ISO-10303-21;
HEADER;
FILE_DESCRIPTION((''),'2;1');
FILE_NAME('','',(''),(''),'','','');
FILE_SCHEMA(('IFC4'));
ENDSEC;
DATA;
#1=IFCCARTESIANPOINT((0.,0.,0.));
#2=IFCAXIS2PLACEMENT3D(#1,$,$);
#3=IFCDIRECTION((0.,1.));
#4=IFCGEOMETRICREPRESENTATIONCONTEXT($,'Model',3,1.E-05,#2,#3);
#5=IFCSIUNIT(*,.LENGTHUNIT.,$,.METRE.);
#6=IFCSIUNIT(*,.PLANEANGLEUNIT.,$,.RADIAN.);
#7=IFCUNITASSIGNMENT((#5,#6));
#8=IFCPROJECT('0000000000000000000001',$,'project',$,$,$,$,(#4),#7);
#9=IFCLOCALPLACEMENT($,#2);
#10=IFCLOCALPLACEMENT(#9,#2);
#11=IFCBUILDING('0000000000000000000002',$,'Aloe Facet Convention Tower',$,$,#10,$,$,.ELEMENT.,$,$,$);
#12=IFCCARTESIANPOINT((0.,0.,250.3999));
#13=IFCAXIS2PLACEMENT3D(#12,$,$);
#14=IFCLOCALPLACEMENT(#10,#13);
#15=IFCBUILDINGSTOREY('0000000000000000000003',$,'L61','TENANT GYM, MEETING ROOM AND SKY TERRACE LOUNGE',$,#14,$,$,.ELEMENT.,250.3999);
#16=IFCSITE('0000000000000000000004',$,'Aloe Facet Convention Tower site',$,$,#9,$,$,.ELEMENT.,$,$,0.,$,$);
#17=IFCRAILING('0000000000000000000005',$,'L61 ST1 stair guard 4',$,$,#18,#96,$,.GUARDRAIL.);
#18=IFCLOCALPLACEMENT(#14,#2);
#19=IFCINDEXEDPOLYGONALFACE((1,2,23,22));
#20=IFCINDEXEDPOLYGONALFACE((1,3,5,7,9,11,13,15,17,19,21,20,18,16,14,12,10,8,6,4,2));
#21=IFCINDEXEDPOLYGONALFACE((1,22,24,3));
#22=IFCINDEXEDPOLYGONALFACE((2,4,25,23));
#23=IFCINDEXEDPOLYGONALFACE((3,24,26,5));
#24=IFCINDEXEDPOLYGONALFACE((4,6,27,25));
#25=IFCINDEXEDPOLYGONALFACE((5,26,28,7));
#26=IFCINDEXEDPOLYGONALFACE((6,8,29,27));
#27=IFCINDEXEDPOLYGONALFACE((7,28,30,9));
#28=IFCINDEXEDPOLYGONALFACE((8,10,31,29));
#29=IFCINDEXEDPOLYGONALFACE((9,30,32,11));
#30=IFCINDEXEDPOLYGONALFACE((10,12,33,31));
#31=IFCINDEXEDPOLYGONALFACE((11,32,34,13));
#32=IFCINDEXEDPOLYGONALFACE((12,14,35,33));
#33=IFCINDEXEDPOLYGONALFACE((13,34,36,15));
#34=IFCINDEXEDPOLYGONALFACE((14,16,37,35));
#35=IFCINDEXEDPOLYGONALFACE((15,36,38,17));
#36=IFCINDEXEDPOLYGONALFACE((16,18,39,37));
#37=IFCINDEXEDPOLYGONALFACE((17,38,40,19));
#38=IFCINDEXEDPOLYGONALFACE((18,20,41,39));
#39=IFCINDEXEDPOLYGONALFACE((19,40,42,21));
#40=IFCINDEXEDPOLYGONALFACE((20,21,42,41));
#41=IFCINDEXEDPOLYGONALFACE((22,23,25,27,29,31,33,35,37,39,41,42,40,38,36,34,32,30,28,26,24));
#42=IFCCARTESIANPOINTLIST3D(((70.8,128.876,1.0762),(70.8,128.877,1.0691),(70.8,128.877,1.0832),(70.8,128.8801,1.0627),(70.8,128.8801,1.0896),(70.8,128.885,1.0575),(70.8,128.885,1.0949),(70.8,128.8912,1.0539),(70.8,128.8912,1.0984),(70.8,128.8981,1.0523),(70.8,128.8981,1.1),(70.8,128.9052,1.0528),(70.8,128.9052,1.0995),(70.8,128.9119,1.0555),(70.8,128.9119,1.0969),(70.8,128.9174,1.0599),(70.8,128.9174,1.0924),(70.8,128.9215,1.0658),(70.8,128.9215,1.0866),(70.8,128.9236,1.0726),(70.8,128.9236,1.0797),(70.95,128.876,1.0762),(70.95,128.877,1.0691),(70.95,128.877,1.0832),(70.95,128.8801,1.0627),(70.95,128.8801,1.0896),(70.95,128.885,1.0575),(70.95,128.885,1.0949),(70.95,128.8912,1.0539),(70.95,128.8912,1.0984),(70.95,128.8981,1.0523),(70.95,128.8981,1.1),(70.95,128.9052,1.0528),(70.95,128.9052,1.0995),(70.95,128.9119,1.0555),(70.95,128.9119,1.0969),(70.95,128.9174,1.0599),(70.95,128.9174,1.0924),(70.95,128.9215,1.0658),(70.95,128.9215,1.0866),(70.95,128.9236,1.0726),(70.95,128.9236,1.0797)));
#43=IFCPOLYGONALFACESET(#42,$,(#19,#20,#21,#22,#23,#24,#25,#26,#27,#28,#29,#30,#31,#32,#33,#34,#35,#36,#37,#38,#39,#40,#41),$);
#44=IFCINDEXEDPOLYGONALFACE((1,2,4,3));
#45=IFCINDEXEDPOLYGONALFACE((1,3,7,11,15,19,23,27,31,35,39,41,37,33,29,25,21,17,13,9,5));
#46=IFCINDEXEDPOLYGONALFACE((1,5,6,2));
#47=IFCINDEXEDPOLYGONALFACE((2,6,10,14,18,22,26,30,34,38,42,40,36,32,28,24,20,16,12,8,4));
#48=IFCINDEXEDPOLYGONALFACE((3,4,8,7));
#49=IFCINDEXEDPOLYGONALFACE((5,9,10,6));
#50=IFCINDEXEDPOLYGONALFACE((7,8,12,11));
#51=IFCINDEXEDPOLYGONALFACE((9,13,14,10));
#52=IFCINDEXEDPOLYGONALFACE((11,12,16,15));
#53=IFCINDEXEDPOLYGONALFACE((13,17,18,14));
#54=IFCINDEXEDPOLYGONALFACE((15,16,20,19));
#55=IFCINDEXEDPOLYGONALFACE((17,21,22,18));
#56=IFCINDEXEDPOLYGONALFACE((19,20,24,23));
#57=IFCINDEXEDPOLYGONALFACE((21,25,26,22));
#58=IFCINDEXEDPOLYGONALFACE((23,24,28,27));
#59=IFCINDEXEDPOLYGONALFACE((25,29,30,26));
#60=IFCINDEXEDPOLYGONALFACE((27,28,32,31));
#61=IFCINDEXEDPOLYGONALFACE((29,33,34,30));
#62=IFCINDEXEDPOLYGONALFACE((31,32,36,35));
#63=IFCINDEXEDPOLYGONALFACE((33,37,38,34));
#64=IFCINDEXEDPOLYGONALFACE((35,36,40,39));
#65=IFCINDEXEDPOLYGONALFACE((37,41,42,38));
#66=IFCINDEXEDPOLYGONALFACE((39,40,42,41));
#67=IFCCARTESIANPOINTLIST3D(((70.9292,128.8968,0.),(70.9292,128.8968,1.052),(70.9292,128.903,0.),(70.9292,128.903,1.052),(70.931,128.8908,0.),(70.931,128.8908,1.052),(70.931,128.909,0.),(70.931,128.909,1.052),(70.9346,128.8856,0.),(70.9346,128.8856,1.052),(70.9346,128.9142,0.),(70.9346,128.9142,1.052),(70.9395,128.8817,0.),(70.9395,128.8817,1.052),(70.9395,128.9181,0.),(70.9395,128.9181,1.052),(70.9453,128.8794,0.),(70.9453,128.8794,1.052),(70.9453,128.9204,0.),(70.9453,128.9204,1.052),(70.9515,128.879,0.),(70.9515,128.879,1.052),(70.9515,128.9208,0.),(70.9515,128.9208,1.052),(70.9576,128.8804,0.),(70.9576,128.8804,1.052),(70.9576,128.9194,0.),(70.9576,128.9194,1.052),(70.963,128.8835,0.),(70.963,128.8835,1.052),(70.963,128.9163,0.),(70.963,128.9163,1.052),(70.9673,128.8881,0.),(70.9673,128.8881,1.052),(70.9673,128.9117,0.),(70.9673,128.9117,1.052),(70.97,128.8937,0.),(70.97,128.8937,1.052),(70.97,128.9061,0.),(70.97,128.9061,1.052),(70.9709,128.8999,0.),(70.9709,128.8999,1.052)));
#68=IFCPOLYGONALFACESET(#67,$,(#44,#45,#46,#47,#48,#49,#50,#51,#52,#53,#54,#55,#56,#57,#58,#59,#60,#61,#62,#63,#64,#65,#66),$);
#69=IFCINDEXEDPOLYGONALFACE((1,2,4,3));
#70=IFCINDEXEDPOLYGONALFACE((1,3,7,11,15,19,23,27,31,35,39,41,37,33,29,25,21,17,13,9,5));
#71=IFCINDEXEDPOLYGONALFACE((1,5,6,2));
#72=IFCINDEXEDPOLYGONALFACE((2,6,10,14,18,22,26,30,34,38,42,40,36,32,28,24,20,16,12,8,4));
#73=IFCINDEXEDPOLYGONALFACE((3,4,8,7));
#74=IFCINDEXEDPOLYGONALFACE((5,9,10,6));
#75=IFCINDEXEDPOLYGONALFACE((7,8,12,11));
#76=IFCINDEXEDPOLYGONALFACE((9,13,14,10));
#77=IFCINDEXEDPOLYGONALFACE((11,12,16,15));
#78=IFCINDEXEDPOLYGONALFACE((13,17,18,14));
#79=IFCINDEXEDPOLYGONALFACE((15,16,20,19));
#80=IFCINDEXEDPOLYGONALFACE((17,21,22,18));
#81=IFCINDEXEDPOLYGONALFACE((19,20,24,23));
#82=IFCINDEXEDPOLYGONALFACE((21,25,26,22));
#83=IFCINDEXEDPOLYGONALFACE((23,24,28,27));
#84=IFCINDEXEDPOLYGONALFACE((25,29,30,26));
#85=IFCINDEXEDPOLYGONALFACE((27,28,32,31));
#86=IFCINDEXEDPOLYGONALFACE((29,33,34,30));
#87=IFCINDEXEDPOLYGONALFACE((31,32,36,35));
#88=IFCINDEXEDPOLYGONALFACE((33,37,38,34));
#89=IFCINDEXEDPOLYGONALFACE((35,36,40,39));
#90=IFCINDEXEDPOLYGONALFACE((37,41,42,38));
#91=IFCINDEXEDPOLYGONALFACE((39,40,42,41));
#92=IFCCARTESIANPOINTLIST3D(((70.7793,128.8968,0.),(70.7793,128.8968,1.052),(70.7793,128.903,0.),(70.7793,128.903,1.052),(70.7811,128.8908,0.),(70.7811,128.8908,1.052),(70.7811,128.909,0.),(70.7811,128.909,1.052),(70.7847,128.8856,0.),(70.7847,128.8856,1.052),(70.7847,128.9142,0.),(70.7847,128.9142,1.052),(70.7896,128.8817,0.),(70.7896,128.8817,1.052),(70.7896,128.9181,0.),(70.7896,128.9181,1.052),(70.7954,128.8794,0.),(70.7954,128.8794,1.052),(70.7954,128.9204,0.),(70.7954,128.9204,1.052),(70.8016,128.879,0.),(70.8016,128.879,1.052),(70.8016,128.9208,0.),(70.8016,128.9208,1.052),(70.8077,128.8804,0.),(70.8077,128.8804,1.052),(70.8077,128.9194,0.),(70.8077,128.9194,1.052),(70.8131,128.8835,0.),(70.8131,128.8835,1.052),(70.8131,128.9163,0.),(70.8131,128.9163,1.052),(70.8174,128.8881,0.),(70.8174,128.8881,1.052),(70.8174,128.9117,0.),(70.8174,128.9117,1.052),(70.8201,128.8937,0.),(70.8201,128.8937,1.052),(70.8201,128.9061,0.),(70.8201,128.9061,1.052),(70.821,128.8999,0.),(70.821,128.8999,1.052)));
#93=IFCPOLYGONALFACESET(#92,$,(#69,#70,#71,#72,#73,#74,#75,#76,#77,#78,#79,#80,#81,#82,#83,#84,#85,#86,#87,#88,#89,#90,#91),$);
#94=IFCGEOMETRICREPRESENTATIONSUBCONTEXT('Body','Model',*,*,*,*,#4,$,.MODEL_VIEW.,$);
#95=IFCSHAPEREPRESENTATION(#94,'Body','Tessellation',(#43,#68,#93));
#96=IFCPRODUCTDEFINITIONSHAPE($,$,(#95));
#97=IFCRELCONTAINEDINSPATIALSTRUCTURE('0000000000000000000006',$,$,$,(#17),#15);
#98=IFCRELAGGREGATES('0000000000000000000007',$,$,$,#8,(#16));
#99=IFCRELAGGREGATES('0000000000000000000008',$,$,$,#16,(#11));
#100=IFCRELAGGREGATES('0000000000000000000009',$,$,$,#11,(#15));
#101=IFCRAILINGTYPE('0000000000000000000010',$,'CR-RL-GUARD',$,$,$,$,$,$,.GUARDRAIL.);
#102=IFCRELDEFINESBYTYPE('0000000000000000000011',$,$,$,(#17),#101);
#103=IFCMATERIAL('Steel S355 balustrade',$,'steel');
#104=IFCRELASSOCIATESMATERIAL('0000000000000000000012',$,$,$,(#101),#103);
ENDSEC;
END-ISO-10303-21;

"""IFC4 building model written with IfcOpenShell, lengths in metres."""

from ifc_helpers import new_model, si_unit, direction, frame, origin, origin_2d, place, context, subcontext, project, spatial, circle, extrude, material, type_object, element, save


model = new_model("IFC4")

# Units and contexts
model_context = context("Model", 3, precision=1e-05, world=origin(), true_north=direction((0.0, 1.0)))
body_context = subcontext(model_context, "Body", "Model", "MODEL_VIEW")
ifc_project = project(units=[si_unit("LENGTHUNIT", "METRE"), si_unit("PLANEANGLEUNIT", "RADIAN")], contexts=[model_context])

# Site, building, storey
site_placement = place(None, origin())
site = spatial("IfcSite", under=ifc_project, at=site_placement, Name="Aloe Facet Convention Tower site", CompositionType="ELEMENT", RefElevation=0.0)
building_placement = place(site_placement, origin())
building = spatial("IfcBuilding", under=site, at=building_placement, Name="Aloe Facet Convention Tower", CompositionType="ELEMENT")
storey_placement = place(building_placement, frame((0.0, 0.0, 250.3999)))
storey = spatial("IfcBuildingStorey", under=building, at=storey_placement, Name="L61", Description="TENANT GYM, MEETING ROOM AND SKY TERRACE LOUNGE", CompositionType="ELEMENT", Elevation=250.3999)

# Railing
ifc_material_1 = material(Name="Steel S355 balustrade", Category="steel")
railing_type_1 = type_object("IfcRailingType", Name="CR-RL-GUARD", PredefinedType="GUARDRAIL", material=ifc_material_1)
railing_1_placement = place(storey_placement, frame((70.95, 128.8999, 0.0)))
element("IfcRailing", 1, at=railing_1_placement, inside=storey, type_object=railing_type_1, Name="L61 ST1 stair guard 4", PredefinedType="GUARDRAIL", context=body_context, shape_type="SweptSolid", body=[
    extrude(circle(Radius=0.0239, at=origin_2d()), frame((0.0, 0.0, 1.0762), z_axis=(-1.0, 0.0, 0.0), x_axis=(0.0, -1.0, 0.0)), (0.0, 0.0, 1.0), 0.1499),
    extrude(circle(Radius=0.021, at=origin_2d()), origin(), (0.0, 0.0, 1.0), 1.052),
    extrude(circle(Radius=0.021, at=origin_2d()), frame((-0.1499, 0.0, 0.0)), (0.0, 0.0, 1.0), 1.052),
])

save(model, "model.ifc")
